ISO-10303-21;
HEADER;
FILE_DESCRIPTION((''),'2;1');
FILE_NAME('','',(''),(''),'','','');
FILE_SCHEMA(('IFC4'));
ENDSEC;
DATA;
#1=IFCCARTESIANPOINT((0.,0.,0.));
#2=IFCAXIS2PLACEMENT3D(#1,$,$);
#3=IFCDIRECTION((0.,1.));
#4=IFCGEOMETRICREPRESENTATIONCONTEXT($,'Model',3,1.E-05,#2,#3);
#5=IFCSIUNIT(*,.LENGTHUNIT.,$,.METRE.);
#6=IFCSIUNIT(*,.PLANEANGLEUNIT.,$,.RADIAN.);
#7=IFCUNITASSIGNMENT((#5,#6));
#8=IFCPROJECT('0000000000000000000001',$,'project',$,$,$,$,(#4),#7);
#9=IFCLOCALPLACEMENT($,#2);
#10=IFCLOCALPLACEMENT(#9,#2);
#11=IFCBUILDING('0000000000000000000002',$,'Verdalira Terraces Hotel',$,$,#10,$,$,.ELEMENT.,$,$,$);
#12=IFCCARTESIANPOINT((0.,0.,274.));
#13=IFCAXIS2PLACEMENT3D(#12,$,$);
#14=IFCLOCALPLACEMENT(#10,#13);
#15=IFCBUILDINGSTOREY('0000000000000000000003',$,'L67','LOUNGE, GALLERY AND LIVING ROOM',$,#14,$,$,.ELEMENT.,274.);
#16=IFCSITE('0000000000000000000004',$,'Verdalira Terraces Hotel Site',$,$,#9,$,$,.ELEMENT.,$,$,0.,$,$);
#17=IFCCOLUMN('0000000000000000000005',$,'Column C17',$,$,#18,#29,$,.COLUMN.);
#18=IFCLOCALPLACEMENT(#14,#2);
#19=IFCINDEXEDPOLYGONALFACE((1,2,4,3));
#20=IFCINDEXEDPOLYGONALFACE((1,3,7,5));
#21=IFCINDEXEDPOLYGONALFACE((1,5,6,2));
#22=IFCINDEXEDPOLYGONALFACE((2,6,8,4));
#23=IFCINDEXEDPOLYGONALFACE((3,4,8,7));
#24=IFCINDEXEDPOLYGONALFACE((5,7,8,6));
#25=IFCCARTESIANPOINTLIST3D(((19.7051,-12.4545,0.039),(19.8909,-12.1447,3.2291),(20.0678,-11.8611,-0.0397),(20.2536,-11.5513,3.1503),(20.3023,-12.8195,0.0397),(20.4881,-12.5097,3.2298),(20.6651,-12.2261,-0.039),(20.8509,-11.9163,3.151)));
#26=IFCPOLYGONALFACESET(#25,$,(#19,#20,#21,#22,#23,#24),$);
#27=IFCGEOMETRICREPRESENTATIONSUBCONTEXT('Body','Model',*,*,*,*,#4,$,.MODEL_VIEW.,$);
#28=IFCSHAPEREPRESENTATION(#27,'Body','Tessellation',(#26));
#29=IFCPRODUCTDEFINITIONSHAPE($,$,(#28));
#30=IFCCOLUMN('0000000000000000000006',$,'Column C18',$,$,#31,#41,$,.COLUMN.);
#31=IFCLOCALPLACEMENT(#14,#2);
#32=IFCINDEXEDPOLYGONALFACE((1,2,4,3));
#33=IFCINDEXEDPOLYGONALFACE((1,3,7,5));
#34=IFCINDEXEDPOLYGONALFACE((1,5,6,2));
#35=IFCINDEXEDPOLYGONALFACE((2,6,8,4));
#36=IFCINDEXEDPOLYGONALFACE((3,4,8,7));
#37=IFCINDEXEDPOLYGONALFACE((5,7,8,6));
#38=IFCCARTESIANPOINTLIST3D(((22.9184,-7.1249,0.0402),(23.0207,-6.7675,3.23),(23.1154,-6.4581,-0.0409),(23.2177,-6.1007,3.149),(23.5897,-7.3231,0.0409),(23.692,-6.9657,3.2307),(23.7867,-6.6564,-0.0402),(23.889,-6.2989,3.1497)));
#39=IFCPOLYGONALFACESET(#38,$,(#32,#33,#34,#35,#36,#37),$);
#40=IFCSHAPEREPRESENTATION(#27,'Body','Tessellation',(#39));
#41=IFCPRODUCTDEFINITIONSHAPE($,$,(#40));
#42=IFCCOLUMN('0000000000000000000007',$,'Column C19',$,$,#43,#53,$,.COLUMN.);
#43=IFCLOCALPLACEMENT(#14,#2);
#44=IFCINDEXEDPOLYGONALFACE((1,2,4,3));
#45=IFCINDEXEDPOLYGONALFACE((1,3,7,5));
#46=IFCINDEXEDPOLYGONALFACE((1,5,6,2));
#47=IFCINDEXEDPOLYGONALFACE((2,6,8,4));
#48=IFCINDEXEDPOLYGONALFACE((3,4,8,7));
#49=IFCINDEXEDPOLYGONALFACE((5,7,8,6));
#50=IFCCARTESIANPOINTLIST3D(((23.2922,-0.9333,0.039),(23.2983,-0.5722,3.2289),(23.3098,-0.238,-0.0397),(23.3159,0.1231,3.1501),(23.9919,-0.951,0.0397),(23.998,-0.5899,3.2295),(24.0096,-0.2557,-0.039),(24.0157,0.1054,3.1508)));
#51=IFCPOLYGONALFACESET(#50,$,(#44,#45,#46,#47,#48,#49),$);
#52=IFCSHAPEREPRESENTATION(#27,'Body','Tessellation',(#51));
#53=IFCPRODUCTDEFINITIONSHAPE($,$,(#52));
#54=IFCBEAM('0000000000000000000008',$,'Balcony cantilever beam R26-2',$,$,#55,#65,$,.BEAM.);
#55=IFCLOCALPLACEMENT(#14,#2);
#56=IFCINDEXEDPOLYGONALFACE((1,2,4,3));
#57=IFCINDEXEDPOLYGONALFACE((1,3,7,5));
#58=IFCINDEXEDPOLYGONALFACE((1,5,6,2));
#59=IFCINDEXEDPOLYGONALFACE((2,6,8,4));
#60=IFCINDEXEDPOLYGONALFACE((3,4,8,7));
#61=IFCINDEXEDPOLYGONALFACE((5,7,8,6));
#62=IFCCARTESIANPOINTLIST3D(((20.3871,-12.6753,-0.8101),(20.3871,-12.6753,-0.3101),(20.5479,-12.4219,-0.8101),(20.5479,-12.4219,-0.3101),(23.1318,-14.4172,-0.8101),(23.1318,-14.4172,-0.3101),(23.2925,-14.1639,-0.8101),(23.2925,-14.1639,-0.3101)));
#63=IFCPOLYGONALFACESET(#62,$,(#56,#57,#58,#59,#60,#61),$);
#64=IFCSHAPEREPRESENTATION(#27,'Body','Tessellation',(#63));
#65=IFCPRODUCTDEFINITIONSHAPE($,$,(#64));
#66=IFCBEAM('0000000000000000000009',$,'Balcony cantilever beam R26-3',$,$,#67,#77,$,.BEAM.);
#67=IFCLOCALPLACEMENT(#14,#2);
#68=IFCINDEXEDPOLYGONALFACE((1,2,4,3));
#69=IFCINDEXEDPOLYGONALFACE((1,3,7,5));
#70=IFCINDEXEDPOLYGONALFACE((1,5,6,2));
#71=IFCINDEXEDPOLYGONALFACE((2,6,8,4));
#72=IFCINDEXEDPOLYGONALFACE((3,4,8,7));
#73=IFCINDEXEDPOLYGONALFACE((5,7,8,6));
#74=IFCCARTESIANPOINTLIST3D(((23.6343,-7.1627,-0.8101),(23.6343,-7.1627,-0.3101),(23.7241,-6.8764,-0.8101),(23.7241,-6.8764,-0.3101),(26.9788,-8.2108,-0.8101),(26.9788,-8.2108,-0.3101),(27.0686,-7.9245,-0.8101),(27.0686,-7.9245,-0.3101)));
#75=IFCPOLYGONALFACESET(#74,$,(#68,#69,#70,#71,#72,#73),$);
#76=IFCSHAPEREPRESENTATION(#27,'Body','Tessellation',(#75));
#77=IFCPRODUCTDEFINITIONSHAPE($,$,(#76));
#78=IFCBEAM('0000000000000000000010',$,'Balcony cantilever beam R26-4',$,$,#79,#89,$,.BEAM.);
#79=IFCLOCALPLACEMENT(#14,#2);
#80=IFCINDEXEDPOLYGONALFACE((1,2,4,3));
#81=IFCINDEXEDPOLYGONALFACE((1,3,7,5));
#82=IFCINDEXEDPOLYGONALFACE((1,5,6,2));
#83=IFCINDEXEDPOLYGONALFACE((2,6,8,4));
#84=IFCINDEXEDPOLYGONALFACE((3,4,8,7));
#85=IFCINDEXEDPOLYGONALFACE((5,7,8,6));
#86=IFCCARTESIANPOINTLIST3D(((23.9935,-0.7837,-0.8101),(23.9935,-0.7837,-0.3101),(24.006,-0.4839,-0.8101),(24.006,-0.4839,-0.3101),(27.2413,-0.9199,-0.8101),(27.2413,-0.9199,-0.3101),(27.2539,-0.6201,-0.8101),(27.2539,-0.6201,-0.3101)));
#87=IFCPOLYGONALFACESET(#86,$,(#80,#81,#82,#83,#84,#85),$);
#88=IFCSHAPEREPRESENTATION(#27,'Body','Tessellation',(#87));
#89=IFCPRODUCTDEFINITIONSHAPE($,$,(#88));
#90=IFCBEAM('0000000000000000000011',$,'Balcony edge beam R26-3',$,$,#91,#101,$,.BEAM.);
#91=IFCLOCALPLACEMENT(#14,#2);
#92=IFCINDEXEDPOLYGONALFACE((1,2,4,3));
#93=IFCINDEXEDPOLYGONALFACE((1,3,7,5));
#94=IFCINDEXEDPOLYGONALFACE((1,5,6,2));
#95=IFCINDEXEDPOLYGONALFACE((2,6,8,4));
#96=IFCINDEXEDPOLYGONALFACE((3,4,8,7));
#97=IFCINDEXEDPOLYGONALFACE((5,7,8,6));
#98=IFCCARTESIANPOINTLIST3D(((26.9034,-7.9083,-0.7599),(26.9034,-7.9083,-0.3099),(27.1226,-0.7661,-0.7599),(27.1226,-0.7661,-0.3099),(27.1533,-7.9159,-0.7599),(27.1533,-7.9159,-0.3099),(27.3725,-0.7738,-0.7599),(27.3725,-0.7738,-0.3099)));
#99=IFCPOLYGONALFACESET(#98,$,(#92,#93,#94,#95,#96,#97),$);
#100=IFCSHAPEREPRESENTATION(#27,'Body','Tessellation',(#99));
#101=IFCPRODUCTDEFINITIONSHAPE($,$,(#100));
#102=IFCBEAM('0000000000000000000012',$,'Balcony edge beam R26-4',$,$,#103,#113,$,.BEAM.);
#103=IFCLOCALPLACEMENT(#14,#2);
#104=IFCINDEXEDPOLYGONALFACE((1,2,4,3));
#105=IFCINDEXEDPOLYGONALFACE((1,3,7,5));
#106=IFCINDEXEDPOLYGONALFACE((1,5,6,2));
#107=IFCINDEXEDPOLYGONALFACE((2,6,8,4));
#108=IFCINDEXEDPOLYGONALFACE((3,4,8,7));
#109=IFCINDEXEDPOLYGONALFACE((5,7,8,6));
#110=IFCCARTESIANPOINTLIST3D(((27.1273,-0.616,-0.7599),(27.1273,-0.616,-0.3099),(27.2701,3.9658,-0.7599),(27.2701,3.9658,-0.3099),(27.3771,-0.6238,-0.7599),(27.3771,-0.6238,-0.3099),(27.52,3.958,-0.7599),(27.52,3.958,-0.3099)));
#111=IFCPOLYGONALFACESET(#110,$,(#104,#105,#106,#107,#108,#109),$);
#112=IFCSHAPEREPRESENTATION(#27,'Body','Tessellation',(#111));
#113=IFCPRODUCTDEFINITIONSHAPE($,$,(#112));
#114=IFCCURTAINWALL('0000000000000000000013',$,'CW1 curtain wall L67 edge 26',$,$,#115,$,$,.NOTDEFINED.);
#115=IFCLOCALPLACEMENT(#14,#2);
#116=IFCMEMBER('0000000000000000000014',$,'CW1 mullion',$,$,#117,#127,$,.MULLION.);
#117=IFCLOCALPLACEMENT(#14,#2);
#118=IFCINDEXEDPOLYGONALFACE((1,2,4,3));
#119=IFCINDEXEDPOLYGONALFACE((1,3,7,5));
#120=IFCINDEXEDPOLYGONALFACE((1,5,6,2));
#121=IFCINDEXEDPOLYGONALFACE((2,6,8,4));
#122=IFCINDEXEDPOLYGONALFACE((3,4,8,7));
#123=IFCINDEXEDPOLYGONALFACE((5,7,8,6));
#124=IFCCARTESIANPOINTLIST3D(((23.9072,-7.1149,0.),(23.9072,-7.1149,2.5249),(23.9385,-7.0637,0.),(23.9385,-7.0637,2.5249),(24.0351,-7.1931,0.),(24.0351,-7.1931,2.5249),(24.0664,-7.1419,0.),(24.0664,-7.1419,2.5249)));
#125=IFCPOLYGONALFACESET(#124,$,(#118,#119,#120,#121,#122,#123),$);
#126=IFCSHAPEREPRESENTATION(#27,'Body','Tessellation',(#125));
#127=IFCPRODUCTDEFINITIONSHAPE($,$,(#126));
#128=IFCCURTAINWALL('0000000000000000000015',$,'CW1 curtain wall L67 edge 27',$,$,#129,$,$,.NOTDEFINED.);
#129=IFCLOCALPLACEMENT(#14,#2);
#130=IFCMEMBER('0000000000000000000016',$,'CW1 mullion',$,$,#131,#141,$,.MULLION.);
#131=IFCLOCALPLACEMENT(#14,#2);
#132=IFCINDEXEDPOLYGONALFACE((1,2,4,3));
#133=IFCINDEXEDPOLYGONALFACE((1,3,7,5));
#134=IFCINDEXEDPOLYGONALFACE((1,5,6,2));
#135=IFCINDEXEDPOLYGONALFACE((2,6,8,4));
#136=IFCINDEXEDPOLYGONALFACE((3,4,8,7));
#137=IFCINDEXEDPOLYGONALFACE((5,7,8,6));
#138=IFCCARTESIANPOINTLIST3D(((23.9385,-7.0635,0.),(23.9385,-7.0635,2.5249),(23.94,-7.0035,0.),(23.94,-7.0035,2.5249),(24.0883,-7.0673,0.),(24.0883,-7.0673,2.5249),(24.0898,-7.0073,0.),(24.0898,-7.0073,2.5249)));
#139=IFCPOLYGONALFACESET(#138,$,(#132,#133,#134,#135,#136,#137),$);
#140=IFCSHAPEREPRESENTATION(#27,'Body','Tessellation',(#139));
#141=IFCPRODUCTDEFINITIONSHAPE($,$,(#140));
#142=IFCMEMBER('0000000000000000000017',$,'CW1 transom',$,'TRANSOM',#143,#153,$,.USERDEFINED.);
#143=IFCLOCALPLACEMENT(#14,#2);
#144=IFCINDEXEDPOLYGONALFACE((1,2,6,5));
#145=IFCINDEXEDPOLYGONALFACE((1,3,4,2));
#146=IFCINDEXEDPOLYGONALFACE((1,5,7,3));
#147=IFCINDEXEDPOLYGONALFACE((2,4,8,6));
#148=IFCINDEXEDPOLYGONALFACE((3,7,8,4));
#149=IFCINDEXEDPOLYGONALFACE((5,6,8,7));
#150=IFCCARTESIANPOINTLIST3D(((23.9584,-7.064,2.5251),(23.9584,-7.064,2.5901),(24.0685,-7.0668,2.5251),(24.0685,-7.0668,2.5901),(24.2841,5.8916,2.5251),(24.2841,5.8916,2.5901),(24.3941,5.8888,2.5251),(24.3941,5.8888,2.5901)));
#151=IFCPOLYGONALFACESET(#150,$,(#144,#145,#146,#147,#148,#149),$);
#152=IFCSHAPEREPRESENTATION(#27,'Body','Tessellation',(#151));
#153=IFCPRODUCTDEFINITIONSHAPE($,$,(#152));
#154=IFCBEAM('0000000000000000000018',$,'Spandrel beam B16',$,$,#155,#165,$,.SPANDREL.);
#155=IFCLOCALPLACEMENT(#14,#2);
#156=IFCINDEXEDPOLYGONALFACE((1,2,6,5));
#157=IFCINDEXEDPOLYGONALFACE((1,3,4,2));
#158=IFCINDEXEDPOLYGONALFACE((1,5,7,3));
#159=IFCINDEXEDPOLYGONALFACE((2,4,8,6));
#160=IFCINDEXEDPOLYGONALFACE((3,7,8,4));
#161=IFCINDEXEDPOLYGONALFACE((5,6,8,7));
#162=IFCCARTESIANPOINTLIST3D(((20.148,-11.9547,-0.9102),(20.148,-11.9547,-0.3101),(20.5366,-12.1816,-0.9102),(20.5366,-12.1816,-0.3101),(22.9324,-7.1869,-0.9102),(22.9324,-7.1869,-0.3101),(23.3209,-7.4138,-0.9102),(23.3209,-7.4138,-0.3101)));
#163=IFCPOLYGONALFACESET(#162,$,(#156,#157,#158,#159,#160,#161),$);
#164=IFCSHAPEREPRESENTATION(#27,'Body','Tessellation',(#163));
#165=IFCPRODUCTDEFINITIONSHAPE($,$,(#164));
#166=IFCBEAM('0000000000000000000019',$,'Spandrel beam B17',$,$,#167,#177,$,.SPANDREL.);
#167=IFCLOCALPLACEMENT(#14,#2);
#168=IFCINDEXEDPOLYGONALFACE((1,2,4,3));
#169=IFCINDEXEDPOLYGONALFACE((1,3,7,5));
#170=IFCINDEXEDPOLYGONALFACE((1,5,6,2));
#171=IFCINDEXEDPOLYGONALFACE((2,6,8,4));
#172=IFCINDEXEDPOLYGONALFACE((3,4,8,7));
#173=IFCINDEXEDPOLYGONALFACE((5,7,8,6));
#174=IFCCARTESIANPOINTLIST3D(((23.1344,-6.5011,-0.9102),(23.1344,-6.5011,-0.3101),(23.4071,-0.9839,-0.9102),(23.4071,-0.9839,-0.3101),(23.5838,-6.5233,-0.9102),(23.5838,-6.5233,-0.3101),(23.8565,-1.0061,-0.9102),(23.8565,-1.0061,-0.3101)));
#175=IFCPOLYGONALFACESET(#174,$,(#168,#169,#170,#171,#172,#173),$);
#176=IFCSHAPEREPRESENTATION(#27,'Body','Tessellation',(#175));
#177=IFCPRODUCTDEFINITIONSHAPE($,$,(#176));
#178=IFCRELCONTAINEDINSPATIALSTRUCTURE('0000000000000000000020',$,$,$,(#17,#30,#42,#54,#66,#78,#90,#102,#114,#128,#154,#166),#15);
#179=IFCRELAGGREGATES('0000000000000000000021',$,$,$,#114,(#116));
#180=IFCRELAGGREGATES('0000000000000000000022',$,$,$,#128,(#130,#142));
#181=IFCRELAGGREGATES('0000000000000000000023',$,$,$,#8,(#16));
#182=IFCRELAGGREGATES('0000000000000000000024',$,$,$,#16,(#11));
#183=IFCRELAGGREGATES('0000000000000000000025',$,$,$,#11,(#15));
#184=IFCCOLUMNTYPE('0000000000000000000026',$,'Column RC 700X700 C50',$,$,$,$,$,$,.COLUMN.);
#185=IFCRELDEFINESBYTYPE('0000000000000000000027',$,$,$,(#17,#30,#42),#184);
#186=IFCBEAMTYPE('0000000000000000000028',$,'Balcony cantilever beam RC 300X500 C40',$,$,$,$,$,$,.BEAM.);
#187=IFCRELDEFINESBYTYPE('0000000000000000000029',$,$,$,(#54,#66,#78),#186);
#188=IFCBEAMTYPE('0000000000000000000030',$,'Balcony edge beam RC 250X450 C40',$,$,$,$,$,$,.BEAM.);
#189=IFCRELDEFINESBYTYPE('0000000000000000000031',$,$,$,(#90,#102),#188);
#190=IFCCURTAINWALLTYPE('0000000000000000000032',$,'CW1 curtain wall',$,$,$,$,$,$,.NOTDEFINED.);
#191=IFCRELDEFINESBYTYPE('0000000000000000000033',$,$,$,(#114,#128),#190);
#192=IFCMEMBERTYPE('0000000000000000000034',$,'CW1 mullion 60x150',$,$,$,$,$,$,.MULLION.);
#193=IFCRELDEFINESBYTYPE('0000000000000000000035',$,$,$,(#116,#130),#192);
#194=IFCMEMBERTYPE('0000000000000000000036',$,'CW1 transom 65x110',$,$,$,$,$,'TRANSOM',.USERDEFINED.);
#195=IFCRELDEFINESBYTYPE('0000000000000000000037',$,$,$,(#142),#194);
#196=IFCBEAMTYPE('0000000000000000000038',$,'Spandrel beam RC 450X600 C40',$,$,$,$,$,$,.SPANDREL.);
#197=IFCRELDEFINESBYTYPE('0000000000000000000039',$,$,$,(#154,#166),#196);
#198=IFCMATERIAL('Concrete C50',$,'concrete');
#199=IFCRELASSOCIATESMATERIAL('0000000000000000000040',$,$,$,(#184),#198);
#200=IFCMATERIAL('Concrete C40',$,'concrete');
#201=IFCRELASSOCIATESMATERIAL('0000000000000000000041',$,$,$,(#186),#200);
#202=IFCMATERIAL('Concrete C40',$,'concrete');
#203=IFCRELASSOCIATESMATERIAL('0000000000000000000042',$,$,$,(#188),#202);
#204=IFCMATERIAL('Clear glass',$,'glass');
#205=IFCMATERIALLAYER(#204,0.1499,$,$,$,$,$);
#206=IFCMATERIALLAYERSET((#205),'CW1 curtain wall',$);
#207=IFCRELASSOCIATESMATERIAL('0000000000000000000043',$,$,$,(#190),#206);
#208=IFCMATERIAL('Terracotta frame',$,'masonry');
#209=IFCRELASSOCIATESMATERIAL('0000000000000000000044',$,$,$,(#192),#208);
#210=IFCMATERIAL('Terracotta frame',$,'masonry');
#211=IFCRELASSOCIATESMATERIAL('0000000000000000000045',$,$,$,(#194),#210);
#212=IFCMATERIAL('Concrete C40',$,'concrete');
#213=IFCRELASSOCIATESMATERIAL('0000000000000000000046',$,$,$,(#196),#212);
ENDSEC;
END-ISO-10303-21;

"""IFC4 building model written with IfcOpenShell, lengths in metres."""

from ifc_helpers import new_model, si_unit, direction, frame, origin, origin_2d, place, context, subcontext, project, spatial, rectangle, extrude, material, layer, layer_set, material_profile, profile_set, type_object, element, aggregate, save


model = new_model("IFC4")

# Units and contexts
model_context = context("Model", 3, precision=1e-05, world=origin(), true_north=direction((0.0, 1.0)))
body_context = subcontext(model_context, "Body", "Model", "MODEL_VIEW")
ifc_project = project(units=[si_unit("LENGTHUNIT", "METRE"), si_unit("PLANEANGLEUNIT", "RADIAN")], contexts=[model_context])

# Site, building, storey
site_placement = place(None, origin())
site = spatial("IfcSite", under=ifc_project, at=site_placement, Name="Verdalira Terraces Hotel Site", CompositionType="ELEMENT", RefElevation=0.0)
building_placement = place(site_placement, origin())
building = spatial("IfcBuilding", under=site, at=building_placement, Name="Verdalira Terraces Hotel", CompositionType="ELEMENT")
storey_placement = place(building_placement, frame((0.0, 0.0, 274.0)))
storey = spatial("IfcBuildingStorey", under=building, at=storey_placement, Name="L67", Description="LOUNGE, GALLERY AND LIVING ROOM", CompositionType="ELEMENT", Elevation=274.0)

# Columns
ifc_material_1 = material(Name="Concrete C50", Category="concrete")
ifc_material_profile_1 = material_profile(ifc_material_1, rectangle(XDim=0.7, YDim=0.7, at=origin_2d()), Name="RC 700X700")
ifc_profile_set_1 = profile_set([ifc_material_profile_1], Name="Concrete C50")
column_type = type_object("IfcColumnType", Name="Column RC 700X700 C50", PredefinedType="COLUMN", material=ifc_profile_set_1)
column_1_placement = place(storey_placement, frame((20.1851, -12.3403, 0.0), z_axis=(0.057873, 0.096505, 0.993649), x_axis=(0.518243, 0.847798, -0.112524)))
element("IfcColumn", 1, at=column_1_placement, inside=storey, type_object=column_type, Name="Column C17", PredefinedType="COLUMN", context=body_context, shape_type="SweptSolid", body=[
    extrude(rectangle(XDim=0.7, YDim=0.7, at=origin_2d()), origin(), (0.0, 0.0, 1.0), 3.2104),
])
column_2_placement = place(storey_placement, frame((23.3525, -6.8906, 0.0), z_axis=(0.031852, 0.111293, 0.993277), x_axis=(-0.281403, -0.952582, 0.115758)))
element("IfcColumn", 2, at=column_2_placement, inside=storey, type_object=column_type, Name="Column C18", PredefinedType="COLUMN", context=body_context, shape_type="SweptSolid", body=[
    extrude(rectangle(XDim=0.7, YDim=0.7, at=origin_2d()), origin(), (0.0, 0.0, 1.0), 3.2114),
])
column_3_placement = place(storey_placement, frame((23.6509, -0.5945, 0.0), z_axis=(0.001901, 0.112476, 0.993653), x_axis=(0.025223, 0.993333, -0.112488)))
element("IfcColumn", 3, at=column_3_placement, inside=storey, type_object=column_type, Name="Column C19", PredefinedType="COLUMN", context=body_context, shape_type="SweptSolid", body=[
    extrude(rectangle(XDim=0.7, YDim=0.7, at=origin_2d()), origin(), (0.0, 0.0, 1.0), 3.2102),
])

# Beams
ifc_material_2 = material(Name="Concrete C40", Category="concrete")
ifc_material_profile_2 = material_profile(ifc_material_2, rectangle(XDim=0.3, YDim=0.5, at=origin_2d()), Name="RC 300X500")
ifc_profile_set_2 = profile_set([ifc_material_profile_2], Name="Concrete C40")
beam_type_1 = type_object("IfcBeamType", Name="Balcony cantilever beam RC 300X500 C40", PredefinedType="BEAM", material=ifc_profile_set_2)
beam_1_placement = place(storey_placement, frame((20.4675, -12.5486, -0.5601), z_axis=(0.844307, -0.535859, 0.0), x_axis=(0.535859, 0.844307, 0.0)))
element("IfcBeam", 4, at=beam_1_placement, inside=storey, type_object=beam_type_1, Name="Balcony cantilever beam R26-2", PredefinedType="BEAM", context=body_context, shape_type="SweptSolid", body=[
    extrude(rectangle(XDim=0.3, YDim=0.5, at=origin_2d()), origin(), (0.0, 0.0, 1.0), 3.2507),
])
beam_2_placement = place(storey_placement, frame((23.6792, -7.0195, -0.5601), z_axis=(0.95424, -0.29904, 0.0), x_axis=(0.29904, 0.95424, 0.0)))
element("IfcBeam", 5, at=beam_2_placement, inside=storey, type_object=beam_type_1, Name="Balcony cantilever beam R26-3", PredefinedType="BEAM", context=body_context, shape_type="SweptSolid", body=[
    extrude(rectangle(XDim=0.3, YDim=0.5, at=origin_2d()), origin(), (0.0, 0.0, 1.0), 3.5049),
])
beam_3_placement = place(storey_placement, frame((23.9998, -0.6338, -0.5601), z_axis=(0.999121, -0.041909, 0.0), x_axis=(0.041909, 0.999121, 0.0)))
element("IfcBeam", 6, at=beam_3_placement, inside=storey, type_object=beam_type_1, Name="Balcony cantilever beam R26-4", PredefinedType="BEAM", context=body_context, shape_type="SweptSolid", body=[
    extrude(rectangle(XDim=0.3, YDim=0.5, at=origin_2d()), origin(), (0.0, 0.0, 1.0), 3.2507),
])
ifc_material_3 = material(Name="Concrete C40", Category="concrete")
ifc_material_profile_3 = material_profile(ifc_material_3, rectangle(XDim=0.25, YDim=0.45, at=origin_2d()), Name="RC 250X450")
ifc_profile_set_3 = profile_set([ifc_material_profile_3], Name="Concrete C40")
beam_type_2 = type_object("IfcBeamType", Name="Balcony edge beam RC 250X450 C40", PredefinedType="BEAM", material=ifc_profile_set_3)
beam_4_placement = place(storey_placement, frame((27.0283, -7.9121, -0.5349), z_axis=(0.030682, 0.999529, 0.0), x_axis=(-0.999529, 0.030682, 0.0)))
element("IfcBeam", 7, at=beam_4_placement, inside=storey, type_object=beam_type_2, Name="Balcony edge beam R26-3", PredefinedType="BEAM", context=body_context, shape_type="SweptSolid", body=[
    extrude(rectangle(XDim=0.25, YDim=0.45, at=origin_2d()), origin(), (0.0, 0.0, 1.0), 7.1455),
])
beam_5_placement = place(storey_placement, frame((27.2522, -0.6199, -0.5349), z_axis=(0.031157, 0.999515, 0.0), x_axis=(-0.999515, 0.031157, 0.0)))
element("IfcBeam", 8, at=beam_5_placement, inside=storey, type_object=beam_type_2, Name="Balcony edge beam R26-4", PredefinedType="BEAM", context=body_context, shape_type="SweptSolid", body=[
    extrude(rectangle(XDim=0.25, YDim=0.45, at=origin_2d()), origin(), (0.0, 0.0, 1.0), 4.584),
])

# Curtain wall, member
ifc_material_4 = material(Name="Clear glass", Category="glass")
ifc_layer_1 = layer(ifc_material_4, 0.1499)
ifc_layer_set_1 = layer_set([ifc_layer_1], Name="CW1 curtain wall")
curtain_wall_type = type_object("IfcCurtainWallType", Name="CW1 curtain wall", PredefinedType="NOTDEFINED", material=ifc_layer_set_1)
curtain_wall_1_placement = place(storey_placement, origin())
curtain_wall_1 = element("IfcCurtainWall", 9, at=curtain_wall_1_placement, inside=storey, type_object=curtain_wall_type, Name="CW1 curtain wall L67 edge 26", PredefinedType="NOTDEFINED")
ifc_material_5 = material(Name="Terracotta frame", Category="masonry")
ifc_material_profile_4 = material_profile(ifc_material_5, rectangle(XDim=0.0601, YDim=0.1499, at=origin_2d()), Name="MU 60x150")
ifc_profile_set_4 = profile_set([ifc_material_profile_4], Name="Terracotta frame")
member_type_1 = type_object("IfcMemberType", Name="CW1 mullion 60x150", PredefinedType="MULLION", material=ifc_profile_set_4)
member_1_placement = place(storey_placement, frame((23.9868, -7.1284, 0.0), z_axis=(0.0, 0.0, 1.0), x_axis=(0.521605, 0.853187, 0.0)))
member_1 = element("IfcMember", 10, at=member_1_placement, type_object=member_type_1, Name="CW1 mullion", PredefinedType="MULLION", context=body_context, shape_type="SweptSolid", body=[
    extrude(rectangle(XDim=0.0601, YDim=0.1499, at=origin_2d()), origin(), (0.0, 0.0, 1.0), 2.5249),
])

# Curtain wall, members
curtain_wall_2_placement = place(storey_placement, origin())
curtain_wall_2 = element("IfcCurtainWall", 11, at=curtain_wall_2_placement, inside=storey, type_object=curtain_wall_type, Name="CW1 curtain wall L67 edge 27", PredefinedType="NOTDEFINED")
member_2_placement = place(storey_placement, frame((24.0142, -7.0354, 0.0), z_axis=(0.0, 0.0, 1.0), x_axis=(0.02513, 0.999684, 0.0)))
member_2 = element("IfcMember", 12, at=member_2_placement, type_object=member_type_1, Name="CW1 mullion", PredefinedType="MULLION", context=body_context, shape_type="SweptSolid", body=[
    extrude(rectangle(XDim=0.0601, YDim=0.1499, at=origin_2d()), origin(), (0.0, 0.0, 1.0), 2.5249),
])
ifc_material_6 = material(Name="Terracotta frame", Category="masonry")
ifc_material_profile_5 = material_profile(ifc_material_6, rectangle(XDim=0.1101, YDim=0.0649, at=origin_2d()), Name="TR 65x110")
ifc_profile_set_5 = profile_set([ifc_material_profile_5], Name="Terracotta frame")
member_type_2 = type_object("IfcMemberType", Name="CW1 transom 65x110", ElementType="TRANSOM", PredefinedType="USERDEFINED", material=ifc_profile_set_5)
member_3_placement = place(storey_placement, frame((24.0134, -7.0654, 2.5576), z_axis=(0.025131, 0.999684, 0.0), x_axis=(-0.999684, 0.025131, 0.0)))
member_3 = element("IfcMember", 13, at=member_3_placement, type_object=member_type_2, Name="CW1 transom", ObjectType="TRANSOM", PredefinedType="USERDEFINED", context=body_context, shape_type="SweptSolid", body=[
    extrude(rectangle(XDim=0.1101, YDim=0.0649, at=origin_2d()), origin(), (0.0, 0.0, 1.0), 12.9597),
])

# Beams
ifc_material_7 = material(Name="Concrete C40", Category="concrete")
ifc_material_profile_6 = material_profile(ifc_material_7, rectangle(XDim=0.45, YDim=0.6001, at=origin_2d()), Name="RC 450X600")
ifc_profile_set_6 = profile_set([ifc_material_profile_6], Name="Concrete C40")
beam_type_3 = type_object("IfcBeamType", Name="Spandrel beam RC 450X600 C40", PredefinedType="SPANDREL", material=ifc_profile_set_6)
beam_6_placement = place(storey_placement, frame((20.3423, -12.0681, -0.6101), z_axis=(0.504303, 0.863527, 0.0), x_axis=(-0.863527, 0.504303, 0.0)))
element("IfcBeam", 14, at=beam_6_placement, inside=storey, type_object=beam_type_3, Name="Spandrel beam B16", PredefinedType="SPANDREL", context=body_context, shape_type="SweptSolid", body=[
    extrude(rectangle(XDim=0.45, YDim=0.6001, at=origin_2d()), origin(), (0.0, 0.0, 1.0), 5.5212),
])
beam_7_placement = place(storey_placement, frame((23.3591, -6.5122, -0.6101), z_axis=(0.049369, 0.998781, 0.0), x_axis=(-0.998781, 0.049369, 0.0)))
element("IfcBeam", 15, at=beam_7_placement, inside=storey, type_object=beam_type_3, Name="Spandrel beam B17", PredefinedType="SPANDREL", context=body_context, shape_type="SweptSolid", body=[
    extrude(rectangle(XDim=0.45, YDim=0.6001, at=origin_2d()), origin(), (0.0, 0.0, 1.0), 5.5239),
])

aggregate(curtain_wall_1, [member_1])
aggregate(curtain_wall_2, [member_2, member_3])

save(model, "model.ifc")
